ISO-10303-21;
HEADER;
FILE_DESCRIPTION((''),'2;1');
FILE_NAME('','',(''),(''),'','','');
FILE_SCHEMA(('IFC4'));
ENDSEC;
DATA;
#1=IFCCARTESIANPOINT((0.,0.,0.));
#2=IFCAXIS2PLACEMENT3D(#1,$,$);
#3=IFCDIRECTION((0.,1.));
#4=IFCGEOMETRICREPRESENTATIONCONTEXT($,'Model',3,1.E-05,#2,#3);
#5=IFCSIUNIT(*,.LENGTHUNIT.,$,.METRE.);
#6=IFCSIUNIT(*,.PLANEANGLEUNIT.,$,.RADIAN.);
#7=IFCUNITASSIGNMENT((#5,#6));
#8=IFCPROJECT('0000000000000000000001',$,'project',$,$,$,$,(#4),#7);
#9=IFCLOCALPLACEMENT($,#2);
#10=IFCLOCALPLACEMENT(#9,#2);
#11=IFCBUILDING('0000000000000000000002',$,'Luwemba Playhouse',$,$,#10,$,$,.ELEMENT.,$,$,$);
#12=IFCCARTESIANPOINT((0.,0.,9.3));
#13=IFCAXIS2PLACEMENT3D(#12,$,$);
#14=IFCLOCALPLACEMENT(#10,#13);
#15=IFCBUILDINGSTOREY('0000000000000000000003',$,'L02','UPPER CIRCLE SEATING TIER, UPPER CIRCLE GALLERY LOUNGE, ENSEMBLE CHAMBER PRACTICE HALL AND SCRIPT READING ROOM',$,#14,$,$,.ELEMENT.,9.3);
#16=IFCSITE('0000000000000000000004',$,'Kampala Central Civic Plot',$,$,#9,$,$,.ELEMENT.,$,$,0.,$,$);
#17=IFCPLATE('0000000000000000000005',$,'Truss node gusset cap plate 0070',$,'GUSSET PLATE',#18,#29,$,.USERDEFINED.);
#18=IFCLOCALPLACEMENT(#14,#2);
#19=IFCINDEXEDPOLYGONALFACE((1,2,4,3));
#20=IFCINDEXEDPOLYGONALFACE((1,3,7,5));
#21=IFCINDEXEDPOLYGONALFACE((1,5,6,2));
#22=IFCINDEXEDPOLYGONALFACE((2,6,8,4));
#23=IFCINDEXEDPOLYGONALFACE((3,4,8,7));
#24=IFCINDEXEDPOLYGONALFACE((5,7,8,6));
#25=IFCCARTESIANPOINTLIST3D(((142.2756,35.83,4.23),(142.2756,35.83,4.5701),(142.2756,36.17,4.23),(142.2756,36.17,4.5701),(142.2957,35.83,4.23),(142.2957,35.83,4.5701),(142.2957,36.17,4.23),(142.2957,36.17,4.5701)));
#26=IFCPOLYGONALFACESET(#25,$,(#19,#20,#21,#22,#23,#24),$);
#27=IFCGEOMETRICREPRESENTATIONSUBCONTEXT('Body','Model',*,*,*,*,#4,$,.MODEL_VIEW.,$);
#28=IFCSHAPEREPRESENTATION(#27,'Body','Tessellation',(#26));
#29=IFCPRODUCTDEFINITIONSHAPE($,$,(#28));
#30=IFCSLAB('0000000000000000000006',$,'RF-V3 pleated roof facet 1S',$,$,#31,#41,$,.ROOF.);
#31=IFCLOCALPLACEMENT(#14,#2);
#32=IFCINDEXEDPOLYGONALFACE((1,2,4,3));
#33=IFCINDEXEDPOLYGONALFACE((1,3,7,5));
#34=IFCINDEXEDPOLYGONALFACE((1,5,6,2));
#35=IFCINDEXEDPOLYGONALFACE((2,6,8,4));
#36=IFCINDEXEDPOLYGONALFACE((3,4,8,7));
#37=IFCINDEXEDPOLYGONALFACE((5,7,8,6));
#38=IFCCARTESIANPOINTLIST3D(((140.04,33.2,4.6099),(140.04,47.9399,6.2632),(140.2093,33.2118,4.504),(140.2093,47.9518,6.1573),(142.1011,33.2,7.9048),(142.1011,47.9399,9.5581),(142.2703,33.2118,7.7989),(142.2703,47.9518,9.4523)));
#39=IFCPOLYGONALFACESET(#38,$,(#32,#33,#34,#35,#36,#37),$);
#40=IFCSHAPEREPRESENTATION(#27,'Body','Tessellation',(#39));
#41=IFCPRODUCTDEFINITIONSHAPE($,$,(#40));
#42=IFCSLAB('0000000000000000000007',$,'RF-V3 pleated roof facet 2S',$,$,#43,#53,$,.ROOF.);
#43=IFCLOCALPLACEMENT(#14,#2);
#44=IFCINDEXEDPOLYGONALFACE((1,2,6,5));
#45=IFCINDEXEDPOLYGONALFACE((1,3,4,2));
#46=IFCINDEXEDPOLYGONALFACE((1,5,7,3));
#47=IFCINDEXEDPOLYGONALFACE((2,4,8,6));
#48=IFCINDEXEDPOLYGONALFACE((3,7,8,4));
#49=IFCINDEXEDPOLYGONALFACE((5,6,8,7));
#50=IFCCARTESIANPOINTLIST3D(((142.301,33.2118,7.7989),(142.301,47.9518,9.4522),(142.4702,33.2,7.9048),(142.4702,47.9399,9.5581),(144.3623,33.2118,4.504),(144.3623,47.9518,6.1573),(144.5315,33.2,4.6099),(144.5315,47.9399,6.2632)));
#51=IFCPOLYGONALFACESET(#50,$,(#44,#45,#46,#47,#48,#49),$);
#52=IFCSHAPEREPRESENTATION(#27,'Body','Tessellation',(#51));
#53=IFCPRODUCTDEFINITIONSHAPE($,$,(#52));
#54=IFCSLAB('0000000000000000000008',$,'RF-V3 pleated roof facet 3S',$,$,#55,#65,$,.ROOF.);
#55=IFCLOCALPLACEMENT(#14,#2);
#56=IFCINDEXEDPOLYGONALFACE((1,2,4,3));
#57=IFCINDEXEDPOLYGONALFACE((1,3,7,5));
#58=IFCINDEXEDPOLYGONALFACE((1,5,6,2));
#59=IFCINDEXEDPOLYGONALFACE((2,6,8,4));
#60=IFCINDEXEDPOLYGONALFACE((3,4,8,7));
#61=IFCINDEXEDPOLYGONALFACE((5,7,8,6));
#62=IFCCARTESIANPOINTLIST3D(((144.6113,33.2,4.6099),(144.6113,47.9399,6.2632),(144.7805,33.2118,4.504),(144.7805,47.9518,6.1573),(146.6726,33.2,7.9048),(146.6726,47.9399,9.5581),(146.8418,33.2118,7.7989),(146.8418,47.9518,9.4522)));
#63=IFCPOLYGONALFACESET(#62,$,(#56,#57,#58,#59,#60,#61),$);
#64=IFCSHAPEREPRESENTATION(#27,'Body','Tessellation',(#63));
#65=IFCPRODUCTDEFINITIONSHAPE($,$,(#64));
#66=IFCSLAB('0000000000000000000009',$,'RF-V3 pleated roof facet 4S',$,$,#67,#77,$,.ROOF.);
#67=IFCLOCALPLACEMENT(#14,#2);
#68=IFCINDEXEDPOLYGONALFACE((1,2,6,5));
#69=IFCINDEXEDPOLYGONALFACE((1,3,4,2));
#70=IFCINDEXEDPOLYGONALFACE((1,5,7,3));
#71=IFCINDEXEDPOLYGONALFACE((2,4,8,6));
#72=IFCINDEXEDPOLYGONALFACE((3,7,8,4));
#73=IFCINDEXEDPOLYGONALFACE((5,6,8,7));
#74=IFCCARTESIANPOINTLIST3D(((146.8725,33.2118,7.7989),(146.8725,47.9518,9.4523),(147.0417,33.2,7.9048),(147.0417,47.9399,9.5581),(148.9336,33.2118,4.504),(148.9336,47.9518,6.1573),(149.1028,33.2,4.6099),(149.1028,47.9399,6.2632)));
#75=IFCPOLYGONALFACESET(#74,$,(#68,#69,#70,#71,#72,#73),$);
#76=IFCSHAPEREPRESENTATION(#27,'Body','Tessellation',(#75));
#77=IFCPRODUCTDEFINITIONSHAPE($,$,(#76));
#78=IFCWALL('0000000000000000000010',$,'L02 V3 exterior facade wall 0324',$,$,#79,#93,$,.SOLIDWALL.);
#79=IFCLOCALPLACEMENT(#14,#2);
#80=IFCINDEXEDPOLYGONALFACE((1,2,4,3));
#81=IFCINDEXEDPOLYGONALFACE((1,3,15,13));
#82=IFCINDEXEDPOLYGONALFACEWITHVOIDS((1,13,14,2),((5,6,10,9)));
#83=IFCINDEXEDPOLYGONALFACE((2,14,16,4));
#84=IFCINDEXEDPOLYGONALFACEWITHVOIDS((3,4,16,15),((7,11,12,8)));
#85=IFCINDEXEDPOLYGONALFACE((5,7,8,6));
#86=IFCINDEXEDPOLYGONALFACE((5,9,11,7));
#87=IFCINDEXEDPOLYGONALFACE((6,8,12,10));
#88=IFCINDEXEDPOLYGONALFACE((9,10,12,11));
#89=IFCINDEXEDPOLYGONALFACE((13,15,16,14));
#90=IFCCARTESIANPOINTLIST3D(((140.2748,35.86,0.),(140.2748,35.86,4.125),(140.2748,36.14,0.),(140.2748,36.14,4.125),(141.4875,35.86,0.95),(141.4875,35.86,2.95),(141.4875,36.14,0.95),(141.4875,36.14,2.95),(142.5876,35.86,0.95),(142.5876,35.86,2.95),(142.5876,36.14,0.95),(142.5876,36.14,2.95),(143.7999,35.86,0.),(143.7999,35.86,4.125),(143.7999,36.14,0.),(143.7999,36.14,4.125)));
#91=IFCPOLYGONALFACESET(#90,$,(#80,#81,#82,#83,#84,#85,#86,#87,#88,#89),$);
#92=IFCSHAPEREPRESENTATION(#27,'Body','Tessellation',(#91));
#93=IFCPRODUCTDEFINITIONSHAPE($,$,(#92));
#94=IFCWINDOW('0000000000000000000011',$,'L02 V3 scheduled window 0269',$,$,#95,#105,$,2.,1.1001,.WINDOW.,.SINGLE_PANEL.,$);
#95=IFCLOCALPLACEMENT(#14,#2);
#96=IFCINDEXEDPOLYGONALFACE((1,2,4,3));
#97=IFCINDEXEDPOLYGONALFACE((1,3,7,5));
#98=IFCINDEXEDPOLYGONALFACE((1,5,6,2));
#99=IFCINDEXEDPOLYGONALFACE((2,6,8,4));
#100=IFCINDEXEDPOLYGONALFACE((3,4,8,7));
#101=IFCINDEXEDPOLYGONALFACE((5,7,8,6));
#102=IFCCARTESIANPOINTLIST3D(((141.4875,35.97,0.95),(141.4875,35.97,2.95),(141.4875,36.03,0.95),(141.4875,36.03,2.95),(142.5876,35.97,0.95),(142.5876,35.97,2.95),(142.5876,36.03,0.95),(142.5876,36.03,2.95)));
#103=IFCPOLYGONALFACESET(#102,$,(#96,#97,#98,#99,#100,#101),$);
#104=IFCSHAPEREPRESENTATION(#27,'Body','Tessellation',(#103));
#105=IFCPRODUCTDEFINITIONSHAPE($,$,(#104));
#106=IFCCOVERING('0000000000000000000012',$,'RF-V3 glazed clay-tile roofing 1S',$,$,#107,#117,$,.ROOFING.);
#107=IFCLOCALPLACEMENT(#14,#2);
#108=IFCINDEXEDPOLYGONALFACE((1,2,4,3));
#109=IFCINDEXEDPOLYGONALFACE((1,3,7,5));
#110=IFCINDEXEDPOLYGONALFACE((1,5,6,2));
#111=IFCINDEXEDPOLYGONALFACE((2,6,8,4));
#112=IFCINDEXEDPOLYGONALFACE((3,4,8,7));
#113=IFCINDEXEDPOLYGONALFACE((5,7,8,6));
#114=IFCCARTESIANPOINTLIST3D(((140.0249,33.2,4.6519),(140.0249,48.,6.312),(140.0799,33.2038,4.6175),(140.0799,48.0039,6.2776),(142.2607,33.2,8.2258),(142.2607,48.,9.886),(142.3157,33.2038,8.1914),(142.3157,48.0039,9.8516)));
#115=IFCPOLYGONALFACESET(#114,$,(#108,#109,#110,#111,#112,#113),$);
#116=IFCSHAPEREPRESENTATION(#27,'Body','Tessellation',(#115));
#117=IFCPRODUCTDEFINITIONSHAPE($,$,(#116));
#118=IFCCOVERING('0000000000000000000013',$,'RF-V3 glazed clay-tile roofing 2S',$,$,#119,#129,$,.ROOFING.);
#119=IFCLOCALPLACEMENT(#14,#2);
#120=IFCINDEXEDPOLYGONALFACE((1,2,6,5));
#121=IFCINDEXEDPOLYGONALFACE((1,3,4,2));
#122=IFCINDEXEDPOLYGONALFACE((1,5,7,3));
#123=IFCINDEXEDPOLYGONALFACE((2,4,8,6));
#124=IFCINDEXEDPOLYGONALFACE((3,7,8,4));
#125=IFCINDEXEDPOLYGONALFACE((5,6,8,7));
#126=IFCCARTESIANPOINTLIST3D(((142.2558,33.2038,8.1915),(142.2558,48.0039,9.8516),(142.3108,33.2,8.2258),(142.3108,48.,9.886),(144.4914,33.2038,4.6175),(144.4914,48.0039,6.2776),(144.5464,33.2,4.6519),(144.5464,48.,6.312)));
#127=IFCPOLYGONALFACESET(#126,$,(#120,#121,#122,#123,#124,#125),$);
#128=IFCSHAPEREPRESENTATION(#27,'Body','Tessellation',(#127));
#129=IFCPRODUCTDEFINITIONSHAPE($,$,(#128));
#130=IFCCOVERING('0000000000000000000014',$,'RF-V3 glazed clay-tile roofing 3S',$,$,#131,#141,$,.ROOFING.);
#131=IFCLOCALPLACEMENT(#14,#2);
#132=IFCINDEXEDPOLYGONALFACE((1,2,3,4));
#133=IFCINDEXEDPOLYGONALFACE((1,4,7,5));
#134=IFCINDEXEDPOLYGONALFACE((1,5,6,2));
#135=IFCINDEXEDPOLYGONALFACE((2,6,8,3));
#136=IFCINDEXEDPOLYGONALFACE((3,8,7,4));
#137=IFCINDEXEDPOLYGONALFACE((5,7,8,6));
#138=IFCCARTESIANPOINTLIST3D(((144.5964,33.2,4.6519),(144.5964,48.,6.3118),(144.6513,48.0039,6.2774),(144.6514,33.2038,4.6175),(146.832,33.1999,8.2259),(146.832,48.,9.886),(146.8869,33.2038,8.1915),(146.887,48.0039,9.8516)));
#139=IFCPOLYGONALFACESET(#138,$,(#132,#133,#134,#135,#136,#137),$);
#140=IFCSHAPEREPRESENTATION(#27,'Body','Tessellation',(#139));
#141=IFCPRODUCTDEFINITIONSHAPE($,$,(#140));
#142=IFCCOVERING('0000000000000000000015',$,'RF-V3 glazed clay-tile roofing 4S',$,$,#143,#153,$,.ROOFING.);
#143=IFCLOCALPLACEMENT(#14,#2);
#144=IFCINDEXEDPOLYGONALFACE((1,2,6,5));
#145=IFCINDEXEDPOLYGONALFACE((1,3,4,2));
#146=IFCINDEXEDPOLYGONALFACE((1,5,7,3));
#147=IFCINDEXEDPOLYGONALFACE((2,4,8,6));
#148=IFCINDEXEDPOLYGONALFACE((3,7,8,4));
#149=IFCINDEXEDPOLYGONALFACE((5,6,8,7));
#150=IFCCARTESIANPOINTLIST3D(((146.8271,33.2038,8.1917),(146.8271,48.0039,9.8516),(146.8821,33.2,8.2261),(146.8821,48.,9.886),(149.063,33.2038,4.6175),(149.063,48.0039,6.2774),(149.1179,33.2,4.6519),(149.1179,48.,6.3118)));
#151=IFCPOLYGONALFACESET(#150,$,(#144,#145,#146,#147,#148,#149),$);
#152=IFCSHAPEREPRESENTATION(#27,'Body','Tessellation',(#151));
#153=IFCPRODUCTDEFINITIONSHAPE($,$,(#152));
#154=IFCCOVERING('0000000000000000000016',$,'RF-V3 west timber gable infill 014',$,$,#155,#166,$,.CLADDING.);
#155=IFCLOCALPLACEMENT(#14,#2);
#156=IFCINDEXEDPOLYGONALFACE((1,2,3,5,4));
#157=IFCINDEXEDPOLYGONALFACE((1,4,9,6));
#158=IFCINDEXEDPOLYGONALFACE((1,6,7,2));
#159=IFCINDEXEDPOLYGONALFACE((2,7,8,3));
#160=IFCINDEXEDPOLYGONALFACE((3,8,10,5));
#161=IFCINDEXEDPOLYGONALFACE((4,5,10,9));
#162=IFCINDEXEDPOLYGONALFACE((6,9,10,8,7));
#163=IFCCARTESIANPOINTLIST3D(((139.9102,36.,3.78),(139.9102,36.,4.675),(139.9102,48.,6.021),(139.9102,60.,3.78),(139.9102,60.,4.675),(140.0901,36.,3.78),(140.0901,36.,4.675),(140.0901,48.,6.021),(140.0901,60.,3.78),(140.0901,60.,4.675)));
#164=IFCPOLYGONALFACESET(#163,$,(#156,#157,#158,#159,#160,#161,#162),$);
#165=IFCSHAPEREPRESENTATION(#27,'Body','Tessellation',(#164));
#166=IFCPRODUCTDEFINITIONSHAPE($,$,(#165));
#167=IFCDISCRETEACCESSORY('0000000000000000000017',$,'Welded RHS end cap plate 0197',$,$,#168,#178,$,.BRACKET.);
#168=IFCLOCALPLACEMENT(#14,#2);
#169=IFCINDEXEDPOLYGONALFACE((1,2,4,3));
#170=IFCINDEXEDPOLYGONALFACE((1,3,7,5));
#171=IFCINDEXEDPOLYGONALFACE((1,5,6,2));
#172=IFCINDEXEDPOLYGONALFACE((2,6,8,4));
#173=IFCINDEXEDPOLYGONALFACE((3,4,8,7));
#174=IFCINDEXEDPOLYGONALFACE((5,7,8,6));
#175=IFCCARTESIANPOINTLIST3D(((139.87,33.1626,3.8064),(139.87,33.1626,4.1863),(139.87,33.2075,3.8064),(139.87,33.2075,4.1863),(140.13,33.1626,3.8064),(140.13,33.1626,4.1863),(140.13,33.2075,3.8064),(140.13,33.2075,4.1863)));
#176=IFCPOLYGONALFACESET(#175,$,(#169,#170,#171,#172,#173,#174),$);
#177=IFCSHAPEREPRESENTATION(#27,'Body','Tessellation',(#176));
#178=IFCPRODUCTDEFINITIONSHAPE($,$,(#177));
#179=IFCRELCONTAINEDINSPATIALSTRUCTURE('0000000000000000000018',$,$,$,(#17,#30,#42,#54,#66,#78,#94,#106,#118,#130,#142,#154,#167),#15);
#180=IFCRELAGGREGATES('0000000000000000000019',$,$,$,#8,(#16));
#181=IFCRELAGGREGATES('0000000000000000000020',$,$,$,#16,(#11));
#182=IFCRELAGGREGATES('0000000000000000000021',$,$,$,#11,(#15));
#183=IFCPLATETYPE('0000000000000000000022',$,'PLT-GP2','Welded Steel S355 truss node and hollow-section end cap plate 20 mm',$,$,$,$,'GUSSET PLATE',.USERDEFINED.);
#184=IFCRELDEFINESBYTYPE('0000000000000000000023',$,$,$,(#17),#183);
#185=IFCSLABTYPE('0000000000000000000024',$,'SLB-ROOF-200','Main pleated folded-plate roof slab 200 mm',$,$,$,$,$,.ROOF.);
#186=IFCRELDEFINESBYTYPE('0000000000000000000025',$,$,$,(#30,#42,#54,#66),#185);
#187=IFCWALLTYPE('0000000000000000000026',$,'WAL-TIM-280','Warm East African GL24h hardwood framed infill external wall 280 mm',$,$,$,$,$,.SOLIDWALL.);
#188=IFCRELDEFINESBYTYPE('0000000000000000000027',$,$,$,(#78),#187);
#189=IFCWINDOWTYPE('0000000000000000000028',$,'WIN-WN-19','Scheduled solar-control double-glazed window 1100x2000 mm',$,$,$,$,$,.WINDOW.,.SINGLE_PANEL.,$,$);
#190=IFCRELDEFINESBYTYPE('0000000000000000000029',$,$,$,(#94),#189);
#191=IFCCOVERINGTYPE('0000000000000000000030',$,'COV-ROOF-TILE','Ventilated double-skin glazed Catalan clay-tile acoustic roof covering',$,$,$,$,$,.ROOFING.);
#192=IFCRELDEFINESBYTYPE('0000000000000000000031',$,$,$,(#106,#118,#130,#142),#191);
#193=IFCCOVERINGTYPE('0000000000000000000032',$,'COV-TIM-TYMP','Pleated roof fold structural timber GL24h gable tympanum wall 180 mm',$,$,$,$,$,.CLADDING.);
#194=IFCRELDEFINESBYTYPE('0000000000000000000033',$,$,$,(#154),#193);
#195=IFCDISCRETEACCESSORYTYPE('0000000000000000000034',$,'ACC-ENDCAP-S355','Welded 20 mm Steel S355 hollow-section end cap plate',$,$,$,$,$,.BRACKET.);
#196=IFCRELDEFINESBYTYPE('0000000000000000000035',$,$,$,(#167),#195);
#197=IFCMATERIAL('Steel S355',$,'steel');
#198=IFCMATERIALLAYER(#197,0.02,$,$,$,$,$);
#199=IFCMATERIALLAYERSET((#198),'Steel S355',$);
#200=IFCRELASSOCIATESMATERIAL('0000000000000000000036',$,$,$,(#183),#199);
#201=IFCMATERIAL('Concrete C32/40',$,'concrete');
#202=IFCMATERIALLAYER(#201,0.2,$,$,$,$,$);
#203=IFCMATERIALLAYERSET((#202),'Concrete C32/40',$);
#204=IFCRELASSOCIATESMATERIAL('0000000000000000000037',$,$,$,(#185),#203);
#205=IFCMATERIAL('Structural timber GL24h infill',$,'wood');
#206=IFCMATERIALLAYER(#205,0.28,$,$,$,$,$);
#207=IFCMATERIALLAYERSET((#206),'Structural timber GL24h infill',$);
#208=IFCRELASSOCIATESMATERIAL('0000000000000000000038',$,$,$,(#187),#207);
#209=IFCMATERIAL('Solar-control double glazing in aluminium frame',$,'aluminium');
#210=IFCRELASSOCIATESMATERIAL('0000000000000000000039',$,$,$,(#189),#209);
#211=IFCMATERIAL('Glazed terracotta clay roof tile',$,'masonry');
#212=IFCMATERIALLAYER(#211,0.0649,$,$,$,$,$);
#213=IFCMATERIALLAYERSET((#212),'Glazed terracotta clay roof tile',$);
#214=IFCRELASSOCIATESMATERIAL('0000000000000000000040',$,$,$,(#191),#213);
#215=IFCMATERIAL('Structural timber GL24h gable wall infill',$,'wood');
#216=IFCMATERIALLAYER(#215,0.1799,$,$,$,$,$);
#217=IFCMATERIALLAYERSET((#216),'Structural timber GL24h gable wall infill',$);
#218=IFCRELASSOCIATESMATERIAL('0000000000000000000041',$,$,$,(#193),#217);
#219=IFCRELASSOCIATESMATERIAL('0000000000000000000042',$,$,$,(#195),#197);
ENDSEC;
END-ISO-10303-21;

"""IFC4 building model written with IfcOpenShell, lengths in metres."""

from ifc_helpers import new_model, si_unit, direction, frame, frame_2d, origin, origin_2d, place, context, subcontext, project, spatial, polyline, rectangle, outline, extrude, material, layer, layer_set, type_object, element, fill, save


model = new_model("IFC4")

# Units and contexts
model_context = context("Model", 3, precision=1e-05, world=origin(), true_north=direction((0.0, 1.0)))
body_context = subcontext(model_context, "Body", "Model", "MODEL_VIEW")
ifc_project = project(units=[si_unit("LENGTHUNIT", "METRE"), si_unit("PLANEANGLEUNIT", "RADIAN")], contexts=[model_context])

# Site, building, storey
site_placement = place(None, origin())
site = spatial("IfcSite", under=ifc_project, at=site_placement, Name="Kampala Central Civic Plot", CompositionType="ELEMENT", RefElevation=0.0)
building_placement = place(site_placement, origin())
building = spatial("IfcBuilding", under=site, at=building_placement, Name="Luwemba Playhouse", CompositionType="ELEMENT")
storey_placement = place(building_placement, frame((0.0, 0.0, 9.3)))
storey = spatial("IfcBuildingStorey", under=building, at=storey_placement, Name="L02", Description="UPPER CIRCLE SEATING TIER, UPPER CIRCLE GALLERY LOUNGE, ENSEMBLE CHAMBER PRACTICE HALL AND SCRIPT READING ROOM", CompositionType="ELEMENT", Elevation=9.3)

# Shared definitions
ifc_material_1 = material(Name="Steel S355", Category="steel")

# Plate
ifc_layer_1 = layer(ifc_material_1, 0.02)
ifc_layer_set_1 = layer_set([ifc_layer_1], Name="Steel S355")
plate_type = type_object("IfcPlateType", Name="PLT-GP2", Description="Welded Steel S355 truss node and hollow-section end cap plate 20 mm", ElementType="GUSSET PLATE", PredefinedType="USERDEFINED", material=ifc_layer_set_1)
plate_placement = place(storey_placement, frame((142.2856, 36.0, 4.23), z_axis=(0.0, 0.0, 1.0), x_axis=(1.0, 0.0, 0.0)))
element("IfcPlate", 1, at=plate_placement, inside=storey, type_object=plate_type, Name="Truss node gusset cap plate 0070", ObjectType="GUSSET PLATE", PredefinedType="USERDEFINED", context=body_context, shape_type="SweptSolid", body=[
    extrude(rectangle(XDim=0.02, YDim=0.3401, at=origin_2d()), origin(), (0.0, 0.0, 1.0), 0.3401),
])

# Slabs
ifc_material_2 = material(Name="Concrete C32/40", Category="concrete")
ifc_layer_2 = layer(ifc_material_2, 0.2)
ifc_layer_set_2 = layer_set([ifc_layer_2], Name="Concrete C32/40")
slab_type = type_object("IfcSlabType", Name="SLB-ROOF-200", Description="Main pleated folded-plate roof slab 200 mm", PredefinedType="ROOF", material=ifc_layer_set_2)
slab_1_placement = place(storey_placement, frame((140.04, 33.2, 4.6099), z_axis=(-0.846305, -0.059378, 0.529379), x_axis=(0.530315, 0.0, 0.847801)))
element("IfcSlab", 2, at=slab_1_placement, inside=storey, type_object=slab_type, Name="RF-V3 pleated roof facet 1S", PredefinedType="ROOF", context=body_context, shape_type="SweptSolid", body=[
    extrude(outline(polyline([(0.0, 0.0), (3.8864, 0.0), (5.2881, 14.766), (1.4017, 14.766), (0.0, 0.0)])), origin(), (0.0, 0.0, -1.0), 0.2),
])
slab_2_placement = place(storey_placement, frame((142.4702, 33.2, 7.9048), z_axis=(0.846276, -0.059383, 0.529424), x_axis=(0.53036, 0.0, -0.847772)))
element("IfcSlab", 3, at=slab_2_placement, inside=storey, type_object=slab_type, Name="RF-V3 pleated roof facet 2S", PredefinedType="ROOF", context=body_context, shape_type="SweptSolid", body=[
    extrude(outline(polyline([(0.0, 0.0), (3.8866, 0.0), (2.4849, 14.766), (-1.4016, 14.766), (0.0, 0.0)])), origin(), (0.0, 0.0, -1.0), 0.2),
])
slab_3_placement = place(storey_placement, frame((144.6113, 33.2, 4.6099), z_axis=(-0.846276, -0.059383, 0.529424), x_axis=(0.53036, 0.0, 0.847772)))
element("IfcSlab", 4, at=slab_3_placement, inside=storey, type_object=slab_type, Name="RF-V3 pleated roof facet 3S", PredefinedType="ROOF", context=body_context, shape_type="SweptSolid", body=[
    extrude(outline(polyline([(0.0, 0.0), (3.8866, 0.0), (5.2882, 14.766), (1.4016, 14.766), (0.0, 0.0)])), origin(), (0.0, 0.0, -1.0), 0.2),
])
slab_4_placement = place(storey_placement, frame((147.0417, 33.2, 7.9048), z_axis=(0.846305, -0.059378, 0.529379), x_axis=(0.530315, 0.0, -0.847801)))
element("IfcSlab", 5, at=slab_4_placement, inside=storey, type_object=slab_type, Name="RF-V3 pleated roof facet 4S", PredefinedType="ROOF", context=body_context, shape_type="SweptSolid", body=[
    extrude(outline(polyline([(0.0, 0.0), (3.8864, 0.0), (2.4847, 14.766), (-1.4017, 14.766), (0.0, 0.0)])), origin(), (0.0, 0.0, -1.0), 0.2),
])

# Wall, opening, window
ifc_material_3 = material(Name="Structural timber GL24h infill", Category="wood")
ifc_layer_3 = layer(ifc_material_3, 0.28)
ifc_layer_set_3 = layer_set([ifc_layer_3], Name="Structural timber GL24h infill")
wall_type = type_object("IfcWallType", Name="WAL-TIM-280", Description="Warm East African GL24h hardwood framed infill external wall 280 mm", PredefinedType="SOLIDWALL", material=ifc_layer_set_3)
wall_placement = place(storey_placement, frame((143.8, 36.0, 0.0), z_axis=(0.0, 0.0, 1.0), x_axis=(-1.0, 0.0, 0.0)))
wall = element("IfcWall", 6, at=wall_placement, inside=storey, type_object=wall_type, Name="L02 V3 exterior facade wall 0324", PredefinedType="SOLIDWALL", context=body_context, shape_type="SweptSolid", body=[
    extrude(rectangle(XDim=3.5251, YDim=0.28, at=frame_2d((1.7627, 0.0))), origin(), (0.0, 0.0, 1.0), 4.125),
])
opening_placement = place(wall_placement, frame((1.2124, 0.0, 0.95)))
opening = element("IfcOpeningElement", 7, at=opening_placement, cuts=wall, PredefinedType="OPENING", context=body_context, shape_type="SweptSolid", body=[
    extrude(rectangle(XDim=1.1001, YDim=2.0, at=frame_2d((0.55, 1.0))), frame((0.0, 0.1499, 0.0), z_axis=(0.0, -1.0, 0.0), x_axis=(1.0, 0.0, 0.0)), (0.0, 0.0, 1.0), 0.3),
])
ifc_material_4 = material(Name="Solar-control double glazing in aluminium frame", Category="aluminium")
window_type = type_object("IfcWindowType", Name="WIN-WN-19", Description="Scheduled solar-control double-glazed window 1100x2000 mm", PartitioningType="SINGLE_PANEL", PredefinedType="WINDOW", material=ifc_material_4)
window_placement = place(opening_placement, origin())
window = element("IfcWindow", 8, at=window_placement, inside=storey, type_object=window_type, Name="L02 V3 scheduled window 0269", OverallHeight=2.0, OverallWidth=1.1001, PartitioningType="SINGLE_PANEL", PredefinedType="WINDOW", context=body_context, shape_type="SweptSolid", body=[
    extrude(rectangle(XDim=1.1001, YDim=2.0, at=frame_2d((0.55, 1.0))), frame((0.0, 0.03, 0.0), z_axis=(0.0, -1.0, 0.0), x_axis=(1.0, 0.0, 0.0)), (0.0, 0.0, 1.0), 0.0601),
])
fill(opening, window)

# Coverings
ifc_material_5 = material(Name="Glazed terracotta clay roof tile", Category="masonry")
ifc_layer_4 = layer(ifc_material_5, 0.0649)
ifc_layer_set_4 = layer_set([ifc_layer_4], Name="Glazed terracotta clay roof tile")
covering_type_1 = type_object("IfcCoveringType", Name="COV-ROOF-TILE", Description="Ventilated double-skin glazed Catalan clay-tile acoustic roof covering", PredefinedType="ROOFING", material=ifc_layer_set_4)
covering_1_placement = place(storey_placement, frame((140.0249, 33.2, 4.6519), z_axis=(-0.846277, -0.059387, 0.529422), x_axis=(0.530358, 0.0, 0.847774)))
element("IfcCovering", 9, at=covering_1_placement, inside=storey, type_object=covering_type_1, Name="RF-V3 glazed clay-tile roofing 1S", PredefinedType="ROOFING", context=body_context, shape_type="SweptSolid", body=[
    extrude(outline(polyline([(0.0, 0.0), (4.2157, 0.0), (5.6232, 14.8262), (1.4074, 14.8262), (0.0, 0.0)])), origin(), (0.0, 0.0, -1.0), 0.0649),
])
covering_2_placement = place(storey_placement, frame((142.3108, 33.2, 8.2258), z_axis=(0.846304, -0.059382, 0.529381), x_axis=(0.530316, 0.0, -0.8478)))
element("IfcCovering", 10, at=covering_2_placement, inside=storey, type_object=covering_type_1, Name="RF-V3 glazed clay-tile roofing 2S", PredefinedType="ROOFING", context=body_context, shape_type="SweptSolid", body=[
    extrude(outline(polyline([(0.0, 0.0), (4.2156, 0.0), (2.8081, 14.8262), (-1.4075, 14.8262), (0.0, 0.0)])), origin(), (0.0, 0.0, -1.0), 0.0649),
])
covering_3_placement = place(storey_placement, frame((144.5964, 33.2, 4.6519), z_axis=(-0.846312, -0.059376, 0.529368), x_axis=(0.530303, -0.000001, 0.847808)))
element("IfcCovering", 11, at=covering_3_placement, inside=storey, type_object=covering_type_1, Name="RF-V3 glazed clay-tile roofing 3S", PredefinedType="ROOFING", context=body_context, shape_type="SweptSolid", body=[
    extrude(outline(polyline([(0.0, 0.0), (4.2156, 0.0), (5.6231, 14.8262), (1.4073, 14.8262), (0.0, 0.0)])), origin(), (0.0, 0.0, -1.0), 0.0649),
])
covering_4_placement = place(storey_placement, frame((146.8821, 33.2, 8.2261), z_axis=(0.846294, -0.059375, 0.529396), x_axis=(0.530332, 0.0, -0.84779)))
element("IfcCovering", 12, at=covering_4_placement, inside=storey, type_object=covering_type_1, Name="RF-V3 glazed clay-tile roofing 4S", PredefinedType="ROOFING", context=body_context, shape_type="SweptSolid", body=[
    extrude(outline(polyline([(0.0, 0.0), (4.2159, 0.0), (2.8087, 14.8262), (-1.4073, 14.8262), (0.0, 0.0)])), origin(), (0.0, 0.0, -1.0), 0.0649),
])
ifc_material_6 = material(Name="Structural timber GL24h gable wall infill", Category="wood")
ifc_layer_5 = layer(ifc_material_6, 0.1799)
ifc_layer_set_5 = layer_set([ifc_layer_5], Name="Structural timber GL24h gable wall infill")
covering_type_2 = type_object("IfcCoveringType", Name="COV-TIM-TYMP", Description="Pleated roof fold structural timber GL24h gable tympanum wall 180 mm", PredefinedType="CLADDING", material=ifc_layer_set_5)
covering_5_placement = place(storey_placement, frame((140.0, 36.0, 3.78), z_axis=(0.0, 0.0, 1.0), x_axis=(0.0, 1.0, 0.0)))
element("IfcCovering", 13, at=covering_5_placement, inside=storey, type_object=covering_type_2, Name="RF-V3 west timber gable infill 014", PredefinedType="CLADDING", context=body_context, shape_type="SweptSolid", body=[
    extrude(outline(polyline([(0.0, 0.0), (24.0, 0.0), (24.0, 0.895), (12.0, 2.241), (0.0, 0.895), (0.0, 0.0)])), frame((0.0, 0.0898, 0.0), z_axis=(0.0, -1.0, 0.0), x_axis=(1.0, 0.0, 0.0)), (0.0, 0.0, 1.0), 0.1799),
])

# Discrete accessory
discrete_accessory_type = type_object("IfcDiscreteAccessoryType", Name="ACC-ENDCAP-S355", Description="Welded 20 mm Steel S355 hollow-section end cap plate", PredefinedType="BRACKET", material=ifc_material_1)
discrete_accessory_1_placement = place(storey_placement, frame((140.0, 33.1851, 3.8064), z_axis=(0.0, 0.0, 1.0), x_axis=(1.0, 0.0, 0.0)))
element("IfcDiscreteAccessory", 14, at=discrete_accessory_1_placement, inside=storey, type_object=discrete_accessory_type, Name="Welded RHS end cap plate 0197", PredefinedType="BRACKET", context=body_context, shape_type="SweptSolid", body=[
    extrude(rectangle(XDim=0.26, YDim=0.0449, at=origin_2d()), origin(), (0.0, 0.0, 1.0), 0.3799),
])

save(model, "model.ifc")
